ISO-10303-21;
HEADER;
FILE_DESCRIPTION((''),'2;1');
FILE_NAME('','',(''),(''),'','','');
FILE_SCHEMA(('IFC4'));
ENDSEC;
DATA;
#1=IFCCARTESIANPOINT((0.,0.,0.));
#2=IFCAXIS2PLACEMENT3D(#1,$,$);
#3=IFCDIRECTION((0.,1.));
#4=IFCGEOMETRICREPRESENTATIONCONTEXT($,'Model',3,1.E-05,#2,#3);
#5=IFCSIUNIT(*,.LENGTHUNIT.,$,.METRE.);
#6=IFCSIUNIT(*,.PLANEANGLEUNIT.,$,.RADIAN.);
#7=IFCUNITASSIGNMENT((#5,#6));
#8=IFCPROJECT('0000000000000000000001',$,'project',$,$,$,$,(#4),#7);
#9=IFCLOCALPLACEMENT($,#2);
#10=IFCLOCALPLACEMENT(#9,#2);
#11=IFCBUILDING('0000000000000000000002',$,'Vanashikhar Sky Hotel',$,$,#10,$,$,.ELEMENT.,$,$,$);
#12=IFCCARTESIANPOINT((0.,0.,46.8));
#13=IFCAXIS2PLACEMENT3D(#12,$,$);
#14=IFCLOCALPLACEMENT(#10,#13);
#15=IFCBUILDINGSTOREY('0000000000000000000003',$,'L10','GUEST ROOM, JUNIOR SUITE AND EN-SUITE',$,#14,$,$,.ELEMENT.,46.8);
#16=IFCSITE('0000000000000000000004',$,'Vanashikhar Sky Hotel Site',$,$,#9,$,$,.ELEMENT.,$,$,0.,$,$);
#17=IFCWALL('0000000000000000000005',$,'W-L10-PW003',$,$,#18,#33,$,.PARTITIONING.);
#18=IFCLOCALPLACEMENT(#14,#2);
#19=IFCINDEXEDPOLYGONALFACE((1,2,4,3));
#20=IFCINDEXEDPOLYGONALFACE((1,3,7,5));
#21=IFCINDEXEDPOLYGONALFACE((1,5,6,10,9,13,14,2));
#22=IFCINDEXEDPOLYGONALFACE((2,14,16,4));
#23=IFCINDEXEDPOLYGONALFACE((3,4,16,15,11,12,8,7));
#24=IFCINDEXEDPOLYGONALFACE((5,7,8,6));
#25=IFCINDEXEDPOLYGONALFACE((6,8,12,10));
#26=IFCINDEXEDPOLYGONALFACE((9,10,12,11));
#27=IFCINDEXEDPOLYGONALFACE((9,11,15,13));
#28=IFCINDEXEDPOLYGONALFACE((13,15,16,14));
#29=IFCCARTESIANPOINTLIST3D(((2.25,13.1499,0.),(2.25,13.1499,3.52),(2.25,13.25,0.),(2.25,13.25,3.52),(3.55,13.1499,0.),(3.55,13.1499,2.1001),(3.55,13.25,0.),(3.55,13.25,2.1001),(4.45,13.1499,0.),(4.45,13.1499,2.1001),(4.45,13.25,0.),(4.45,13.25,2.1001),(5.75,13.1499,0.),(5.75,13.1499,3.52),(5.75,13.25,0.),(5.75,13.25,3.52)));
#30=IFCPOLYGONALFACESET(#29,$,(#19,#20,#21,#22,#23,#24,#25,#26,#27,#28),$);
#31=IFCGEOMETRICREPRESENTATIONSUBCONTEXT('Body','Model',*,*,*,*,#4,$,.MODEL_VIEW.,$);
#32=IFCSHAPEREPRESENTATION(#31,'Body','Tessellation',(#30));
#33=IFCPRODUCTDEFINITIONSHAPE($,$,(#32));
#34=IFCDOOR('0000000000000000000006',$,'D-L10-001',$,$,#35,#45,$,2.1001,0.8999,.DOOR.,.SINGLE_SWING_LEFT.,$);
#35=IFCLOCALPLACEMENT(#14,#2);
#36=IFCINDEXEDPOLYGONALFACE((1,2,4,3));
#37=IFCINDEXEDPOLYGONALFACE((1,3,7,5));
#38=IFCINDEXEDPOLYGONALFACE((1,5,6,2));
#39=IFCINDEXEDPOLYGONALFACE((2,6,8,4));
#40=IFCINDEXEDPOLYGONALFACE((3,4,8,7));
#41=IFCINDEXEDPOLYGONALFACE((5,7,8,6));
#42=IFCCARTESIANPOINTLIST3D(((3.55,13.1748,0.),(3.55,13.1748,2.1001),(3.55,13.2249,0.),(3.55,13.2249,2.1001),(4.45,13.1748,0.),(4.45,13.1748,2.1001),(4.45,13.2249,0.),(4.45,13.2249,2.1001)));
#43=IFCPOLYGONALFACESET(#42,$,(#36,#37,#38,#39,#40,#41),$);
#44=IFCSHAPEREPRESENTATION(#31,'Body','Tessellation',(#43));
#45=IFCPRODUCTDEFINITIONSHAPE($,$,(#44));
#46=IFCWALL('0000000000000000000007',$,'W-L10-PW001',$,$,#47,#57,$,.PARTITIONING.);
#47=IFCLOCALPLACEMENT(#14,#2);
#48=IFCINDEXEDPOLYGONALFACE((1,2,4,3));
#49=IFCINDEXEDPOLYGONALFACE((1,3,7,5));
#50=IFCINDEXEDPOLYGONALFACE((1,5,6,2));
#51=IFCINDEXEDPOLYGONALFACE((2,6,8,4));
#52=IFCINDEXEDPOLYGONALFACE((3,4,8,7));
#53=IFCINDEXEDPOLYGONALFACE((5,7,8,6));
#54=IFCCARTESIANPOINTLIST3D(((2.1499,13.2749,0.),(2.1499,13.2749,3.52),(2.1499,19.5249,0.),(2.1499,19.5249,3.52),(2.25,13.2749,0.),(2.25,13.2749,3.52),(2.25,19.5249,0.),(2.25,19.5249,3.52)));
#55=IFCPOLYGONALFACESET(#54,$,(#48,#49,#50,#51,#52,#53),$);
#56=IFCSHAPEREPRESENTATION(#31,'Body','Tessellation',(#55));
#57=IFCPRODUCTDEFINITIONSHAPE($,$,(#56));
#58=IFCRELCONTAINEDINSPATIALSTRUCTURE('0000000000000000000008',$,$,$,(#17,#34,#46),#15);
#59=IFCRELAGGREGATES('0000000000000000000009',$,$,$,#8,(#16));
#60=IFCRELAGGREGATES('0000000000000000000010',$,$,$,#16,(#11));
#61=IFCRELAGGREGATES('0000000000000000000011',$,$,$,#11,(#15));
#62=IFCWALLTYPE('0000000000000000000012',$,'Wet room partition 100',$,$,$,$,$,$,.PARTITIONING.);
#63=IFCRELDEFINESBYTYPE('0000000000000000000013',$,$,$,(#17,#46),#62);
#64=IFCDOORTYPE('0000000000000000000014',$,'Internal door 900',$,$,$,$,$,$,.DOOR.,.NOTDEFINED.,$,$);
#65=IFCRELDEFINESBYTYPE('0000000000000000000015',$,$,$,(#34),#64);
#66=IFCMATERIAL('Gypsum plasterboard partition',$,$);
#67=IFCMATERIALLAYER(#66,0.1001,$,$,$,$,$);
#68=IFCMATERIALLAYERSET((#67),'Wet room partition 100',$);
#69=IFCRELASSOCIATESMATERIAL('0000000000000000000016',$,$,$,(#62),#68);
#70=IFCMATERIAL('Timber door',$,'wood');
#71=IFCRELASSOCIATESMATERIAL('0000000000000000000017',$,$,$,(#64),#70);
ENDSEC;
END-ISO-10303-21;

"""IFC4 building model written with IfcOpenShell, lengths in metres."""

from ifc_helpers import new_model, si_unit, direction, frame, frame_2d, origin, place, context, subcontext, project, spatial, rectangle, extrude, source, transform, mapped, material, layer, layer_set, type_object, element, fill, save


model = new_model("IFC4")

# Units and contexts
model_context = context("Model", 3, precision=1e-05, world=origin(), true_north=direction((0.0, 1.0)))
body_context = subcontext(model_context, "Body", "Model", "MODEL_VIEW")
ifc_project = project(units=[si_unit("LENGTHUNIT", "METRE"), si_unit("PLANEANGLEUNIT", "RADIAN")], contexts=[model_context])

# Site, building, storey
site_placement = place(None, origin())
site = spatial("IfcSite", under=ifc_project, at=site_placement, Name="Vanashikhar Sky Hotel Site", CompositionType="ELEMENT", RefElevation=0.0)
building_placement = place(site_placement, origin())
building = spatial("IfcBuilding", under=site, at=building_placement, Name="Vanashikhar Sky Hotel", CompositionType="ELEMENT")
storey_placement = place(building_placement, frame((0.0, 0.0, 46.8)))
storey = spatial("IfcBuildingStorey", under=building, at=storey_placement, Name="L10", Description="GUEST ROOM, JUNIOR SUITE AND EN-SUITE", CompositionType="ELEMENT", Elevation=46.8)

# Wall, opening, door
ifc_material_1 = material(Name="Gypsum plasterboard partition")
ifc_layer_1 = layer(ifc_material_1, 0.1001)
ifc_layer_set_1 = layer_set([ifc_layer_1], Name="Wet room partition 100")
wall_type_1 = type_object("IfcWallType", Name="Wet room partition 100", PredefinedType="PARTITIONING", material=ifc_layer_set_1)
shared_shape_1 = source(origin(), body_context, "Body", "SweptSolid", [
    extrude(rectangle(XDim=3.5, YDim=0.1001, at=frame_2d((1.75, 0.0))), origin(), (0.0, 0.0, 1.0), 3.52),
])
wall_1_placement = place(storey_placement, frame((2.25, 13.2, 0.0), z_axis=(0.0, 0.0, 1.0), x_axis=(1.0, 0.0, 0.0)))
wall_1 = element("IfcWall", 1, at=wall_1_placement, inside=storey, type_object=wall_type_1, Name="W-L10-PW003", PredefinedType="PARTITIONING", context=body_context, shape_type="MappedRepresentation", body=[
    mapped(shared_shape_1, transform((0.0, 0.0, 0.0), scale=1.0)),
])
shared_shape_2 = source(origin(), body_context, "Body", "SweptSolid", [
    extrude(rectangle(XDim=0.8999, YDim=2.1001, at=frame_2d((0.45, 1.05))), frame((0.0, 0.0601, 0.0), z_axis=(0.0, -1.0, 0.0), x_axis=(1.0, 0.0, 0.0)), (0.0, 0.0, 1.0), 0.1201),
])
opening_1_placement = place(wall_1_placement, frame((1.3, 0.0, 0.0)))
opening_1 = element("IfcOpeningElement", 2, at=opening_1_placement, cuts=wall_1, PredefinedType="OPENING", context=body_context, shape_type="MappedRepresentation", body=[
    mapped(shared_shape_2, transform((0.0, 0.0, 0.0), scale=1.0)),
])
ifc_material_2 = material(Name="Timber door", Category="wood")
door_type = type_object("IfcDoorType", Name="Internal door 900", OperationType="NOTDEFINED", PredefinedType="DOOR", material=ifc_material_2)
shared_shape_3 = source(origin(), body_context, "Body", "SweptSolid", [
    extrude(rectangle(XDim=0.8999, YDim=2.1001, at=frame_2d((0.45, 1.05))), frame((0.0, 0.0249, 0.0), z_axis=(0.0, -1.0, 0.0), x_axis=(1.0, 0.0, 0.0)), (0.0, 0.0, 1.0), 0.05),
])
door_placement = place(opening_1_placement, origin())
door = element("IfcDoor", 3, at=door_placement, inside=storey, type_object=door_type, Name="D-L10-001", OperationType="SINGLE_SWING_LEFT", OverallHeight=2.1001, OverallWidth=0.8999, PredefinedType="DOOR", context=body_context, shape_type="MappedRepresentation", body=[
    mapped(shared_shape_3, transform((0.0, 0.0, 0.0), scale=1.0)),
])
fill(opening_1, door)

# Wall
shared_shape_4 = source(origin(), body_context, "Body", "SweptSolid", [
    extrude(rectangle(XDim=6.25, YDim=0.1001, at=frame_2d((3.125, 0.0))), origin(), (0.0, 0.0, 1.0), 3.52),
])
wall_2_placement = place(storey_placement, frame((2.2, 13.2749, 0.0), z_axis=(0.0, 0.0, 1.0), x_axis=(0.0, 1.0, 0.0)))
element("IfcWall", 4, at=wall_2_placement, inside=storey, type_object=wall_type_1, Name="W-L10-PW001", PredefinedType="PARTITIONING", context=body_context, shape_type="MappedRepresentation", body=[
    mapped(shared_shape_4, transform((0.0, 0.0, 0.0), scale=1.0)),
])

save(model, "model.ifc")
